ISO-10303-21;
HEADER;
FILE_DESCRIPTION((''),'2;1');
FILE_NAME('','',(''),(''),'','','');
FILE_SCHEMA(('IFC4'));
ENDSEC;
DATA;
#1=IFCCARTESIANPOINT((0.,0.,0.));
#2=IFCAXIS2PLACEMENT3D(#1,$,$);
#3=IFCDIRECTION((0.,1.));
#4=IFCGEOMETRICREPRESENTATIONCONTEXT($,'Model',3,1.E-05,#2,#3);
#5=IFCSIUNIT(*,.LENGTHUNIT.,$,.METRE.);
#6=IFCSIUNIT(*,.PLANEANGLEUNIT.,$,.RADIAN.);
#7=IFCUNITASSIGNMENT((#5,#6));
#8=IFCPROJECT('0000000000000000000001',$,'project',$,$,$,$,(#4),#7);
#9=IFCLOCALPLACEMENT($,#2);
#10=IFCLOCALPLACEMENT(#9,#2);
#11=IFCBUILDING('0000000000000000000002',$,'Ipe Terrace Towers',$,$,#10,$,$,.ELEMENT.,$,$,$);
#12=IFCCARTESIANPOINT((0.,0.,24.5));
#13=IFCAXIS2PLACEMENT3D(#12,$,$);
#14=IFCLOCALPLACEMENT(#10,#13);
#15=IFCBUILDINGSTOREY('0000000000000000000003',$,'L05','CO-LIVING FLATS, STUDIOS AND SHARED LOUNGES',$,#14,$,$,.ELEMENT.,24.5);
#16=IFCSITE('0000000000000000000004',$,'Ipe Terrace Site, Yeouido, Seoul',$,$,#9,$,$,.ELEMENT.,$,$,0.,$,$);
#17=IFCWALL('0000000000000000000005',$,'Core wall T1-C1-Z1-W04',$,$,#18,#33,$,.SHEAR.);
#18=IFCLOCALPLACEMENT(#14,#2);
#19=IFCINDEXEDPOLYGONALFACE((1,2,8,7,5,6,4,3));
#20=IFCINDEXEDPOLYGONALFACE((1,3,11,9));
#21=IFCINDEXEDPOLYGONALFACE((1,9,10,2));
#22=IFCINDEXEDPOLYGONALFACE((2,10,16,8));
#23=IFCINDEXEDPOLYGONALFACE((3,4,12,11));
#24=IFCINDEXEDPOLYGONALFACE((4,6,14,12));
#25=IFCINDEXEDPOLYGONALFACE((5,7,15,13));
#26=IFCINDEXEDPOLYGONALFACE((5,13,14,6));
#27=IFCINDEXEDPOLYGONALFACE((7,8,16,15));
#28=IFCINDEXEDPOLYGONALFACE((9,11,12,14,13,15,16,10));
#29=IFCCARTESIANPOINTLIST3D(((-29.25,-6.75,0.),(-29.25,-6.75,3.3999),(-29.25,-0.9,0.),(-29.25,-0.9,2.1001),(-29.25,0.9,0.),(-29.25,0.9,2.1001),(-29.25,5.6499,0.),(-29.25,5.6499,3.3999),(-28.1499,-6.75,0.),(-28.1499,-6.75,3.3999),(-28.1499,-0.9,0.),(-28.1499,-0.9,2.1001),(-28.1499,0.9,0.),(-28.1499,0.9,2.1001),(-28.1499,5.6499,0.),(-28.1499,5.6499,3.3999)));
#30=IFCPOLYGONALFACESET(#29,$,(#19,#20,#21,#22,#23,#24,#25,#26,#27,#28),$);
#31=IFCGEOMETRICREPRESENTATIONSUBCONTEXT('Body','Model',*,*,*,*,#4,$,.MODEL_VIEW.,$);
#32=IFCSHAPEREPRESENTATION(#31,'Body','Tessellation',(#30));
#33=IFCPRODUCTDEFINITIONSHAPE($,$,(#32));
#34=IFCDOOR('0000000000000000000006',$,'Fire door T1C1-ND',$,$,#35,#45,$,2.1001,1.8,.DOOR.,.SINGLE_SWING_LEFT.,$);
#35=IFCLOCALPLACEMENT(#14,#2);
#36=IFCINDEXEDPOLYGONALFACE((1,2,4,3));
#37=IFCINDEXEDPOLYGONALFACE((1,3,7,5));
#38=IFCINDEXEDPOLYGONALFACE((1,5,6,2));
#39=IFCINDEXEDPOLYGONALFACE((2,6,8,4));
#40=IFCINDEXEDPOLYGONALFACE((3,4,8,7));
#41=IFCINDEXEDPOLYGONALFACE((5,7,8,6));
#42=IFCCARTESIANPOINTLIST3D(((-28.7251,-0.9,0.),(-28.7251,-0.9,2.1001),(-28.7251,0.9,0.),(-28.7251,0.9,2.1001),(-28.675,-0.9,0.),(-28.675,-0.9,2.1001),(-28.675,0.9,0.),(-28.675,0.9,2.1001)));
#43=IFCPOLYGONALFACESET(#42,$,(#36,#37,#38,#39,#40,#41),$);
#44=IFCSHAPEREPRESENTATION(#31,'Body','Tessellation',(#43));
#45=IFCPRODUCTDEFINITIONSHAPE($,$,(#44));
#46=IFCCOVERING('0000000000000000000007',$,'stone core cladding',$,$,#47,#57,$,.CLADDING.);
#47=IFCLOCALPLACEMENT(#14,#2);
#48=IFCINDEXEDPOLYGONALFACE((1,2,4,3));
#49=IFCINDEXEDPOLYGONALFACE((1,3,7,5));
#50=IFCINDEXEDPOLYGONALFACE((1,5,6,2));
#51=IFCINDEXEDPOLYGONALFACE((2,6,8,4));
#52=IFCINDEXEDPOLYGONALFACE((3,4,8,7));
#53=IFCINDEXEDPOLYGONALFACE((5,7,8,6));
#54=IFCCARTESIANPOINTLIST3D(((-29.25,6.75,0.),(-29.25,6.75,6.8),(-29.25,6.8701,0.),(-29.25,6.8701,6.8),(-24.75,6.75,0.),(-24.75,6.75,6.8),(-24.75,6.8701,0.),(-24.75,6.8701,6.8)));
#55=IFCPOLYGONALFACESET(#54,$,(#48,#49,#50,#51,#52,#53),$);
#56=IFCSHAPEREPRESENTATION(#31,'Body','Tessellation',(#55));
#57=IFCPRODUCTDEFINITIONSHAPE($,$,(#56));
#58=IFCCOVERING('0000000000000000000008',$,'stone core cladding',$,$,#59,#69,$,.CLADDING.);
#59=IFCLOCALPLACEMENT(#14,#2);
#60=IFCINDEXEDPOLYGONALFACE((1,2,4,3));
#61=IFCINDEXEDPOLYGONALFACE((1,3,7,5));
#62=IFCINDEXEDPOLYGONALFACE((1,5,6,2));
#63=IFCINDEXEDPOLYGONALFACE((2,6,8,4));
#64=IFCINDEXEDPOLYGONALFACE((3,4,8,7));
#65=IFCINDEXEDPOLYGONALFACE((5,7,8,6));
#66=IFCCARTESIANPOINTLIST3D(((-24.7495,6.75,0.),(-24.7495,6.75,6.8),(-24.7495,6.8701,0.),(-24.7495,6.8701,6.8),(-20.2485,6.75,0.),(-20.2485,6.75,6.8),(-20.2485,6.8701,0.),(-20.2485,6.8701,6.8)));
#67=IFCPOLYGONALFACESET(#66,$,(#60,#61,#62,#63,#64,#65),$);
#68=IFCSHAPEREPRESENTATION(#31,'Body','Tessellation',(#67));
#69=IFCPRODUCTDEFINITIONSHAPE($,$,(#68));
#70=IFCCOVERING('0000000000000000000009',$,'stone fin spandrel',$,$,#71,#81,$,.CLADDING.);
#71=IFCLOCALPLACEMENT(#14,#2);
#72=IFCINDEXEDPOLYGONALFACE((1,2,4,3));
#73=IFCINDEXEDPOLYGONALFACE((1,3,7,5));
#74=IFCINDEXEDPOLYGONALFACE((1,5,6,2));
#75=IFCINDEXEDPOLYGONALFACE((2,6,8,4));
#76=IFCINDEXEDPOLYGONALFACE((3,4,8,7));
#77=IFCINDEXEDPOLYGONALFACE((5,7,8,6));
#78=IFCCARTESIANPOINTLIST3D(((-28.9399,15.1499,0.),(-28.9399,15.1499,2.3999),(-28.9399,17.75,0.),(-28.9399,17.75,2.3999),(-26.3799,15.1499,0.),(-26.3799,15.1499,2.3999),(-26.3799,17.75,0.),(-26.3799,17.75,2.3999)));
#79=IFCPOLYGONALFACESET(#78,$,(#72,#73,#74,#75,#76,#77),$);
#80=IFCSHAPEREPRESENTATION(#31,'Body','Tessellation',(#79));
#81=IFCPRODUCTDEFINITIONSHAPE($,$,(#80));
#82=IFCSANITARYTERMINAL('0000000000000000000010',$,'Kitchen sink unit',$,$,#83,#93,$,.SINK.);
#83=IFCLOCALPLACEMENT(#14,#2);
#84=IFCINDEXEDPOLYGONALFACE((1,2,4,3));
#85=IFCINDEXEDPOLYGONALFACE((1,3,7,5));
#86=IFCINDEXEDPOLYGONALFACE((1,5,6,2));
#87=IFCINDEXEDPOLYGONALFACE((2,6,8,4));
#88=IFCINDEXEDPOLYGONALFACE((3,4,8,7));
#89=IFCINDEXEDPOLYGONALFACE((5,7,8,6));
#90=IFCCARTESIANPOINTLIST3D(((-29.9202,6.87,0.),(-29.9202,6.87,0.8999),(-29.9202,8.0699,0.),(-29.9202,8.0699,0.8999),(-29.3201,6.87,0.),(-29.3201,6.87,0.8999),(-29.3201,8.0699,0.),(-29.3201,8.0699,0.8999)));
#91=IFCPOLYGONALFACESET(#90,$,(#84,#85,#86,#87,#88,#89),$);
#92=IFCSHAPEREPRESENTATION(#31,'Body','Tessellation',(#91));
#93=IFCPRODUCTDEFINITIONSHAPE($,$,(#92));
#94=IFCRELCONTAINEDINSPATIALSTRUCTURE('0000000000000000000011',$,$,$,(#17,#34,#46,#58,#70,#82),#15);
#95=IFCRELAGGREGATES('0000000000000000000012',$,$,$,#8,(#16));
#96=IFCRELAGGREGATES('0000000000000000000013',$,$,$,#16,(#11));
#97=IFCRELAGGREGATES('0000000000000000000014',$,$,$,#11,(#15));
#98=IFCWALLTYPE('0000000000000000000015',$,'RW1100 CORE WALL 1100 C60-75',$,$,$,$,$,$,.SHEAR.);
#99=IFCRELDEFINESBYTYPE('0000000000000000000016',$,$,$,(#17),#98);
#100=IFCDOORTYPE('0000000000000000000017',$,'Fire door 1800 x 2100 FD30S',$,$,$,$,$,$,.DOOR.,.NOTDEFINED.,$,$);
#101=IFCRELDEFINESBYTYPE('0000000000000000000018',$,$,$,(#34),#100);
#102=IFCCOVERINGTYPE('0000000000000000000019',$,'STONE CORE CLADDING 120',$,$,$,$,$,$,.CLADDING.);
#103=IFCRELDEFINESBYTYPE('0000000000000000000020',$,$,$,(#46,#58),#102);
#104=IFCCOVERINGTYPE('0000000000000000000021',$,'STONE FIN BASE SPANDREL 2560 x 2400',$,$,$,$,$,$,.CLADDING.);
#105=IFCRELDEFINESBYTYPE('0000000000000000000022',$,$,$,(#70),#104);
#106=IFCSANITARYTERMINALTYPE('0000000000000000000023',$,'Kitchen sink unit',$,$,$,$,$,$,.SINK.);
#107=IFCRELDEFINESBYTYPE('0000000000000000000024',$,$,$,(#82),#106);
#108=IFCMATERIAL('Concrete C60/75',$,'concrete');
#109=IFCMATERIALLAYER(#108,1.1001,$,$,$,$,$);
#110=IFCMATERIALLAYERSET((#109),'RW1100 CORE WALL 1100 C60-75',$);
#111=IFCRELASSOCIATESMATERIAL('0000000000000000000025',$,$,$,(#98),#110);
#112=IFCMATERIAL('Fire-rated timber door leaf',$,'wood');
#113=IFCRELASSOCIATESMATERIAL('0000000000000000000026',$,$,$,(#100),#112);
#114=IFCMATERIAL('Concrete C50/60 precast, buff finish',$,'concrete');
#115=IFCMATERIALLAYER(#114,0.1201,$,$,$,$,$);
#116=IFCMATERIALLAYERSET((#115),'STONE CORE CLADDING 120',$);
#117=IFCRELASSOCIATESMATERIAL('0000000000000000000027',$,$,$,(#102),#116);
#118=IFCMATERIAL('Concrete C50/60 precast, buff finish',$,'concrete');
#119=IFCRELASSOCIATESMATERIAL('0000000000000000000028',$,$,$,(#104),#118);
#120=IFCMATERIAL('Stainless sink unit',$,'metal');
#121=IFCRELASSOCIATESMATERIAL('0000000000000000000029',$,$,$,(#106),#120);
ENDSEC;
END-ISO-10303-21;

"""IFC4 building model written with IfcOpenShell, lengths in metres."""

from ifc_helpers import new_model, si_unit, direction, frame, frame_2d, origin, origin_2d, place, context, subcontext, project, spatial, rectangle, extrude, material, layer, layer_set, material_profile, profile_set, type_object, element, fill, save


model = new_model("IFC4")

# Units and contexts
model_context = context("Model", 3, precision=1e-05, world=origin(), true_north=direction((0.0, 1.0)))
body_context = subcontext(model_context, "Body", "Model", "MODEL_VIEW")
ifc_project = project(units=[si_unit("LENGTHUNIT", "METRE"), si_unit("PLANEANGLEUNIT", "RADIAN")], contexts=[model_context])

# Site, building, storey
site_placement = place(None, origin())
site = spatial("IfcSite", under=ifc_project, at=site_placement, Name="Ipe Terrace Site, Yeouido, Seoul", CompositionType="ELEMENT", RefElevation=0.0)
building_placement = place(site_placement, origin())
building = spatial("IfcBuilding", under=site, at=building_placement, Name="Ipe Terrace Towers", CompositionType="ELEMENT")
storey_placement = place(building_placement, frame((0.0, 0.0, 24.5)))
storey = spatial("IfcBuildingStorey", under=building, at=storey_placement, Name="L05", Description="CO-LIVING FLATS, STUDIOS AND SHARED LOUNGES", CompositionType="ELEMENT", Elevation=24.5)

# Wall, opening, door
ifc_material_1 = material(Name="Concrete C60/75", Category="concrete")
ifc_layer_1 = layer(ifc_material_1, 1.1001)
ifc_layer_set_1 = layer_set([ifc_layer_1], Name="RW1100 CORE WALL 1100 C60-75")
wall_type_1 = type_object("IfcWallType", Name="RW1100 CORE WALL 1100 C60-75", PredefinedType="SHEAR", material=ifc_layer_set_1)
wall_1_placement = place(storey_placement, frame((-28.7, 5.6499, 0.0), z_axis=(0.0, 0.0, 1.0), x_axis=(0.0, -1.0, 0.0)))
wall_1 = element("IfcWall", 1, at=wall_1_placement, inside=storey, type_object=wall_type_1, Name="Core wall T1-C1-Z1-W04", PredefinedType="SHEAR", context=body_context, shape_type="SweptSolid", body=[
    extrude(rectangle(XDim=12.3999, YDim=1.1001, at=frame_2d((6.2, 0.0))), origin(), (0.0, 0.0, 1.0), 3.3999),
])
opening_1_placement = place(wall_1_placement, frame((4.75, 0.0, 0.0)))
opening_1 = element("IfcOpeningElement", 2, at=opening_1_placement, cuts=wall_1, PredefinedType="OPENING", context=body_context, shape_type="SweptSolid", body=[
    extrude(rectangle(XDim=1.8, YDim=2.1001, at=frame_2d((0.8999, 1.05))), frame((0.0, 0.5601, 0.0), z_axis=(0.0, -1.0, 0.0), x_axis=(1.0, 0.0, 0.0)), (0.0, 0.0, 1.0), 1.1201),
])
ifc_material_2 = material(Name="Fire-rated timber door leaf", Category="wood")
door_type_1 = type_object("IfcDoorType", Name="Fire door 1800 x 2100 FD30S", OperationType="NOTDEFINED", PredefinedType="DOOR", material=ifc_material_2)
door_1_placement = place(opening_1_placement, origin())
door_1 = element("IfcDoor", 3, at=door_1_placement, inside=storey, type_object=door_type_1, Name="Fire door T1C1-ND", OperationType="SINGLE_SWING_LEFT", OverallHeight=2.1001, OverallWidth=1.8, PredefinedType="DOOR", context=body_context, shape_type="SweptSolid", body=[
    extrude(rectangle(XDim=1.8, YDim=2.1001, at=frame_2d((0.8999, 1.05))), frame((0.0, 0.0249, 0.0), z_axis=(0.0, -1.0, 0.0), x_axis=(1.0, 0.0, 0.0)), (0.0, 0.0, 1.0), 0.05),
])
fill(opening_1, door_1)

# Coverings
ifc_material_3 = material(Name="Concrete C50/60 precast, buff finish", Category="concrete")
ifc_layer_2 = layer(ifc_material_3, 0.1201)
ifc_layer_set_2 = layer_set([ifc_layer_2], Name="STONE CORE CLADDING 120")
covering_type_1 = type_object("IfcCoveringType", Name="STONE CORE CLADDING 120", PredefinedType="CLADDING", material=ifc_layer_set_2)
covering_1_placement = place(storey_placement, frame((-27.0, 6.8101, 0.0), z_axis=(0.0, 0.0, 1.0), x_axis=(-1.0, 0.0, 0.0)))
element("IfcCovering", 4, at=covering_1_placement, inside=storey, type_object=covering_type_1, Name="stone core cladding", PredefinedType="CLADDING", context=body_context, shape_type="SweptSolid", body=[
    extrude(rectangle(XDim=4.5, YDim=0.1201, at=origin_2d()), origin(), (0.0, 0.0, 1.0), 6.8),
])
covering_2_placement = place(storey_placement, frame((-22.499, 6.8101, 0.0), z_axis=(0.0, 0.0, 1.0), x_axis=(-1.0, 0.0, 0.0)))
element("IfcCovering", 5, at=covering_2_placement, inside=storey, type_object=covering_type_1, Name="stone core cladding", PredefinedType="CLADDING", context=body_context, shape_type="SweptSolid", body=[
    extrude(rectangle(XDim=4.501, YDim=0.1201, at=origin_2d()), origin(), (0.0, 0.0, 1.0), 6.8),
])
ifc_material_4 = material(Name="Concrete C50/60 precast, buff finish", Category="concrete")
ifc_material_profile_1 = material_profile(ifc_material_4, rectangle(XDim=2.5601, YDim=2.3999, at=origin_2d()), Name="STONE FIN BASE SPANDREL 2560 x 2400")
ifc_profile_set_1 = profile_set([ifc_material_profile_1], Name="Concrete C50/60 precast, buff finish")
covering_type_2 = type_object("IfcCoveringType", Name="STONE FIN BASE SPANDREL 2560 x 2400", PredefinedType="CLADDING", material=ifc_profile_set_1)
covering_3_placement = place(storey_placement, frame((-27.6599, 15.1499, 1.2), z_axis=(0.0, 1.0, 0.0), x_axis=(1.0, 0.0, 0.0)))
element("IfcCovering", 6, at=covering_3_placement, inside=storey, type_object=covering_type_2, Name="stone fin spandrel", PredefinedType="CLADDING", context=body_context, shape_type="SweptSolid", body=[
    extrude(rectangle(XDim=2.5601, YDim=2.3999, at=origin_2d()), origin(), (0.0, 0.0, 1.0), 2.6001),
])

# Sanitary terminal
ifc_material_5 = material(Name="Stainless sink unit", Category="metal")
sanitary_terminal_type = type_object("IfcSanitaryTerminalType", Name="Kitchen sink unit", PredefinedType="SINK", material=ifc_material_5)
sanitary_terminal_placement = place(storey_placement, frame((-29.6201, 7.47, 0.0), z_axis=(0.0, 0.0, 1.0), x_axis=(0.0, -1.0, 0.0)))
element("IfcSanitaryTerminal", 7, at=sanitary_terminal_placement, inside=storey, type_object=sanitary_terminal_type, Name="Kitchen sink unit", PredefinedType="SINK", context=body_context, shape_type="SweptSolid", body=[
    extrude(rectangle(XDim=1.2, YDim=0.6001, at=origin_2d()), origin(), (0.0, 0.0, 1.0), 0.8999),
])

save(model, "model.ifc")
